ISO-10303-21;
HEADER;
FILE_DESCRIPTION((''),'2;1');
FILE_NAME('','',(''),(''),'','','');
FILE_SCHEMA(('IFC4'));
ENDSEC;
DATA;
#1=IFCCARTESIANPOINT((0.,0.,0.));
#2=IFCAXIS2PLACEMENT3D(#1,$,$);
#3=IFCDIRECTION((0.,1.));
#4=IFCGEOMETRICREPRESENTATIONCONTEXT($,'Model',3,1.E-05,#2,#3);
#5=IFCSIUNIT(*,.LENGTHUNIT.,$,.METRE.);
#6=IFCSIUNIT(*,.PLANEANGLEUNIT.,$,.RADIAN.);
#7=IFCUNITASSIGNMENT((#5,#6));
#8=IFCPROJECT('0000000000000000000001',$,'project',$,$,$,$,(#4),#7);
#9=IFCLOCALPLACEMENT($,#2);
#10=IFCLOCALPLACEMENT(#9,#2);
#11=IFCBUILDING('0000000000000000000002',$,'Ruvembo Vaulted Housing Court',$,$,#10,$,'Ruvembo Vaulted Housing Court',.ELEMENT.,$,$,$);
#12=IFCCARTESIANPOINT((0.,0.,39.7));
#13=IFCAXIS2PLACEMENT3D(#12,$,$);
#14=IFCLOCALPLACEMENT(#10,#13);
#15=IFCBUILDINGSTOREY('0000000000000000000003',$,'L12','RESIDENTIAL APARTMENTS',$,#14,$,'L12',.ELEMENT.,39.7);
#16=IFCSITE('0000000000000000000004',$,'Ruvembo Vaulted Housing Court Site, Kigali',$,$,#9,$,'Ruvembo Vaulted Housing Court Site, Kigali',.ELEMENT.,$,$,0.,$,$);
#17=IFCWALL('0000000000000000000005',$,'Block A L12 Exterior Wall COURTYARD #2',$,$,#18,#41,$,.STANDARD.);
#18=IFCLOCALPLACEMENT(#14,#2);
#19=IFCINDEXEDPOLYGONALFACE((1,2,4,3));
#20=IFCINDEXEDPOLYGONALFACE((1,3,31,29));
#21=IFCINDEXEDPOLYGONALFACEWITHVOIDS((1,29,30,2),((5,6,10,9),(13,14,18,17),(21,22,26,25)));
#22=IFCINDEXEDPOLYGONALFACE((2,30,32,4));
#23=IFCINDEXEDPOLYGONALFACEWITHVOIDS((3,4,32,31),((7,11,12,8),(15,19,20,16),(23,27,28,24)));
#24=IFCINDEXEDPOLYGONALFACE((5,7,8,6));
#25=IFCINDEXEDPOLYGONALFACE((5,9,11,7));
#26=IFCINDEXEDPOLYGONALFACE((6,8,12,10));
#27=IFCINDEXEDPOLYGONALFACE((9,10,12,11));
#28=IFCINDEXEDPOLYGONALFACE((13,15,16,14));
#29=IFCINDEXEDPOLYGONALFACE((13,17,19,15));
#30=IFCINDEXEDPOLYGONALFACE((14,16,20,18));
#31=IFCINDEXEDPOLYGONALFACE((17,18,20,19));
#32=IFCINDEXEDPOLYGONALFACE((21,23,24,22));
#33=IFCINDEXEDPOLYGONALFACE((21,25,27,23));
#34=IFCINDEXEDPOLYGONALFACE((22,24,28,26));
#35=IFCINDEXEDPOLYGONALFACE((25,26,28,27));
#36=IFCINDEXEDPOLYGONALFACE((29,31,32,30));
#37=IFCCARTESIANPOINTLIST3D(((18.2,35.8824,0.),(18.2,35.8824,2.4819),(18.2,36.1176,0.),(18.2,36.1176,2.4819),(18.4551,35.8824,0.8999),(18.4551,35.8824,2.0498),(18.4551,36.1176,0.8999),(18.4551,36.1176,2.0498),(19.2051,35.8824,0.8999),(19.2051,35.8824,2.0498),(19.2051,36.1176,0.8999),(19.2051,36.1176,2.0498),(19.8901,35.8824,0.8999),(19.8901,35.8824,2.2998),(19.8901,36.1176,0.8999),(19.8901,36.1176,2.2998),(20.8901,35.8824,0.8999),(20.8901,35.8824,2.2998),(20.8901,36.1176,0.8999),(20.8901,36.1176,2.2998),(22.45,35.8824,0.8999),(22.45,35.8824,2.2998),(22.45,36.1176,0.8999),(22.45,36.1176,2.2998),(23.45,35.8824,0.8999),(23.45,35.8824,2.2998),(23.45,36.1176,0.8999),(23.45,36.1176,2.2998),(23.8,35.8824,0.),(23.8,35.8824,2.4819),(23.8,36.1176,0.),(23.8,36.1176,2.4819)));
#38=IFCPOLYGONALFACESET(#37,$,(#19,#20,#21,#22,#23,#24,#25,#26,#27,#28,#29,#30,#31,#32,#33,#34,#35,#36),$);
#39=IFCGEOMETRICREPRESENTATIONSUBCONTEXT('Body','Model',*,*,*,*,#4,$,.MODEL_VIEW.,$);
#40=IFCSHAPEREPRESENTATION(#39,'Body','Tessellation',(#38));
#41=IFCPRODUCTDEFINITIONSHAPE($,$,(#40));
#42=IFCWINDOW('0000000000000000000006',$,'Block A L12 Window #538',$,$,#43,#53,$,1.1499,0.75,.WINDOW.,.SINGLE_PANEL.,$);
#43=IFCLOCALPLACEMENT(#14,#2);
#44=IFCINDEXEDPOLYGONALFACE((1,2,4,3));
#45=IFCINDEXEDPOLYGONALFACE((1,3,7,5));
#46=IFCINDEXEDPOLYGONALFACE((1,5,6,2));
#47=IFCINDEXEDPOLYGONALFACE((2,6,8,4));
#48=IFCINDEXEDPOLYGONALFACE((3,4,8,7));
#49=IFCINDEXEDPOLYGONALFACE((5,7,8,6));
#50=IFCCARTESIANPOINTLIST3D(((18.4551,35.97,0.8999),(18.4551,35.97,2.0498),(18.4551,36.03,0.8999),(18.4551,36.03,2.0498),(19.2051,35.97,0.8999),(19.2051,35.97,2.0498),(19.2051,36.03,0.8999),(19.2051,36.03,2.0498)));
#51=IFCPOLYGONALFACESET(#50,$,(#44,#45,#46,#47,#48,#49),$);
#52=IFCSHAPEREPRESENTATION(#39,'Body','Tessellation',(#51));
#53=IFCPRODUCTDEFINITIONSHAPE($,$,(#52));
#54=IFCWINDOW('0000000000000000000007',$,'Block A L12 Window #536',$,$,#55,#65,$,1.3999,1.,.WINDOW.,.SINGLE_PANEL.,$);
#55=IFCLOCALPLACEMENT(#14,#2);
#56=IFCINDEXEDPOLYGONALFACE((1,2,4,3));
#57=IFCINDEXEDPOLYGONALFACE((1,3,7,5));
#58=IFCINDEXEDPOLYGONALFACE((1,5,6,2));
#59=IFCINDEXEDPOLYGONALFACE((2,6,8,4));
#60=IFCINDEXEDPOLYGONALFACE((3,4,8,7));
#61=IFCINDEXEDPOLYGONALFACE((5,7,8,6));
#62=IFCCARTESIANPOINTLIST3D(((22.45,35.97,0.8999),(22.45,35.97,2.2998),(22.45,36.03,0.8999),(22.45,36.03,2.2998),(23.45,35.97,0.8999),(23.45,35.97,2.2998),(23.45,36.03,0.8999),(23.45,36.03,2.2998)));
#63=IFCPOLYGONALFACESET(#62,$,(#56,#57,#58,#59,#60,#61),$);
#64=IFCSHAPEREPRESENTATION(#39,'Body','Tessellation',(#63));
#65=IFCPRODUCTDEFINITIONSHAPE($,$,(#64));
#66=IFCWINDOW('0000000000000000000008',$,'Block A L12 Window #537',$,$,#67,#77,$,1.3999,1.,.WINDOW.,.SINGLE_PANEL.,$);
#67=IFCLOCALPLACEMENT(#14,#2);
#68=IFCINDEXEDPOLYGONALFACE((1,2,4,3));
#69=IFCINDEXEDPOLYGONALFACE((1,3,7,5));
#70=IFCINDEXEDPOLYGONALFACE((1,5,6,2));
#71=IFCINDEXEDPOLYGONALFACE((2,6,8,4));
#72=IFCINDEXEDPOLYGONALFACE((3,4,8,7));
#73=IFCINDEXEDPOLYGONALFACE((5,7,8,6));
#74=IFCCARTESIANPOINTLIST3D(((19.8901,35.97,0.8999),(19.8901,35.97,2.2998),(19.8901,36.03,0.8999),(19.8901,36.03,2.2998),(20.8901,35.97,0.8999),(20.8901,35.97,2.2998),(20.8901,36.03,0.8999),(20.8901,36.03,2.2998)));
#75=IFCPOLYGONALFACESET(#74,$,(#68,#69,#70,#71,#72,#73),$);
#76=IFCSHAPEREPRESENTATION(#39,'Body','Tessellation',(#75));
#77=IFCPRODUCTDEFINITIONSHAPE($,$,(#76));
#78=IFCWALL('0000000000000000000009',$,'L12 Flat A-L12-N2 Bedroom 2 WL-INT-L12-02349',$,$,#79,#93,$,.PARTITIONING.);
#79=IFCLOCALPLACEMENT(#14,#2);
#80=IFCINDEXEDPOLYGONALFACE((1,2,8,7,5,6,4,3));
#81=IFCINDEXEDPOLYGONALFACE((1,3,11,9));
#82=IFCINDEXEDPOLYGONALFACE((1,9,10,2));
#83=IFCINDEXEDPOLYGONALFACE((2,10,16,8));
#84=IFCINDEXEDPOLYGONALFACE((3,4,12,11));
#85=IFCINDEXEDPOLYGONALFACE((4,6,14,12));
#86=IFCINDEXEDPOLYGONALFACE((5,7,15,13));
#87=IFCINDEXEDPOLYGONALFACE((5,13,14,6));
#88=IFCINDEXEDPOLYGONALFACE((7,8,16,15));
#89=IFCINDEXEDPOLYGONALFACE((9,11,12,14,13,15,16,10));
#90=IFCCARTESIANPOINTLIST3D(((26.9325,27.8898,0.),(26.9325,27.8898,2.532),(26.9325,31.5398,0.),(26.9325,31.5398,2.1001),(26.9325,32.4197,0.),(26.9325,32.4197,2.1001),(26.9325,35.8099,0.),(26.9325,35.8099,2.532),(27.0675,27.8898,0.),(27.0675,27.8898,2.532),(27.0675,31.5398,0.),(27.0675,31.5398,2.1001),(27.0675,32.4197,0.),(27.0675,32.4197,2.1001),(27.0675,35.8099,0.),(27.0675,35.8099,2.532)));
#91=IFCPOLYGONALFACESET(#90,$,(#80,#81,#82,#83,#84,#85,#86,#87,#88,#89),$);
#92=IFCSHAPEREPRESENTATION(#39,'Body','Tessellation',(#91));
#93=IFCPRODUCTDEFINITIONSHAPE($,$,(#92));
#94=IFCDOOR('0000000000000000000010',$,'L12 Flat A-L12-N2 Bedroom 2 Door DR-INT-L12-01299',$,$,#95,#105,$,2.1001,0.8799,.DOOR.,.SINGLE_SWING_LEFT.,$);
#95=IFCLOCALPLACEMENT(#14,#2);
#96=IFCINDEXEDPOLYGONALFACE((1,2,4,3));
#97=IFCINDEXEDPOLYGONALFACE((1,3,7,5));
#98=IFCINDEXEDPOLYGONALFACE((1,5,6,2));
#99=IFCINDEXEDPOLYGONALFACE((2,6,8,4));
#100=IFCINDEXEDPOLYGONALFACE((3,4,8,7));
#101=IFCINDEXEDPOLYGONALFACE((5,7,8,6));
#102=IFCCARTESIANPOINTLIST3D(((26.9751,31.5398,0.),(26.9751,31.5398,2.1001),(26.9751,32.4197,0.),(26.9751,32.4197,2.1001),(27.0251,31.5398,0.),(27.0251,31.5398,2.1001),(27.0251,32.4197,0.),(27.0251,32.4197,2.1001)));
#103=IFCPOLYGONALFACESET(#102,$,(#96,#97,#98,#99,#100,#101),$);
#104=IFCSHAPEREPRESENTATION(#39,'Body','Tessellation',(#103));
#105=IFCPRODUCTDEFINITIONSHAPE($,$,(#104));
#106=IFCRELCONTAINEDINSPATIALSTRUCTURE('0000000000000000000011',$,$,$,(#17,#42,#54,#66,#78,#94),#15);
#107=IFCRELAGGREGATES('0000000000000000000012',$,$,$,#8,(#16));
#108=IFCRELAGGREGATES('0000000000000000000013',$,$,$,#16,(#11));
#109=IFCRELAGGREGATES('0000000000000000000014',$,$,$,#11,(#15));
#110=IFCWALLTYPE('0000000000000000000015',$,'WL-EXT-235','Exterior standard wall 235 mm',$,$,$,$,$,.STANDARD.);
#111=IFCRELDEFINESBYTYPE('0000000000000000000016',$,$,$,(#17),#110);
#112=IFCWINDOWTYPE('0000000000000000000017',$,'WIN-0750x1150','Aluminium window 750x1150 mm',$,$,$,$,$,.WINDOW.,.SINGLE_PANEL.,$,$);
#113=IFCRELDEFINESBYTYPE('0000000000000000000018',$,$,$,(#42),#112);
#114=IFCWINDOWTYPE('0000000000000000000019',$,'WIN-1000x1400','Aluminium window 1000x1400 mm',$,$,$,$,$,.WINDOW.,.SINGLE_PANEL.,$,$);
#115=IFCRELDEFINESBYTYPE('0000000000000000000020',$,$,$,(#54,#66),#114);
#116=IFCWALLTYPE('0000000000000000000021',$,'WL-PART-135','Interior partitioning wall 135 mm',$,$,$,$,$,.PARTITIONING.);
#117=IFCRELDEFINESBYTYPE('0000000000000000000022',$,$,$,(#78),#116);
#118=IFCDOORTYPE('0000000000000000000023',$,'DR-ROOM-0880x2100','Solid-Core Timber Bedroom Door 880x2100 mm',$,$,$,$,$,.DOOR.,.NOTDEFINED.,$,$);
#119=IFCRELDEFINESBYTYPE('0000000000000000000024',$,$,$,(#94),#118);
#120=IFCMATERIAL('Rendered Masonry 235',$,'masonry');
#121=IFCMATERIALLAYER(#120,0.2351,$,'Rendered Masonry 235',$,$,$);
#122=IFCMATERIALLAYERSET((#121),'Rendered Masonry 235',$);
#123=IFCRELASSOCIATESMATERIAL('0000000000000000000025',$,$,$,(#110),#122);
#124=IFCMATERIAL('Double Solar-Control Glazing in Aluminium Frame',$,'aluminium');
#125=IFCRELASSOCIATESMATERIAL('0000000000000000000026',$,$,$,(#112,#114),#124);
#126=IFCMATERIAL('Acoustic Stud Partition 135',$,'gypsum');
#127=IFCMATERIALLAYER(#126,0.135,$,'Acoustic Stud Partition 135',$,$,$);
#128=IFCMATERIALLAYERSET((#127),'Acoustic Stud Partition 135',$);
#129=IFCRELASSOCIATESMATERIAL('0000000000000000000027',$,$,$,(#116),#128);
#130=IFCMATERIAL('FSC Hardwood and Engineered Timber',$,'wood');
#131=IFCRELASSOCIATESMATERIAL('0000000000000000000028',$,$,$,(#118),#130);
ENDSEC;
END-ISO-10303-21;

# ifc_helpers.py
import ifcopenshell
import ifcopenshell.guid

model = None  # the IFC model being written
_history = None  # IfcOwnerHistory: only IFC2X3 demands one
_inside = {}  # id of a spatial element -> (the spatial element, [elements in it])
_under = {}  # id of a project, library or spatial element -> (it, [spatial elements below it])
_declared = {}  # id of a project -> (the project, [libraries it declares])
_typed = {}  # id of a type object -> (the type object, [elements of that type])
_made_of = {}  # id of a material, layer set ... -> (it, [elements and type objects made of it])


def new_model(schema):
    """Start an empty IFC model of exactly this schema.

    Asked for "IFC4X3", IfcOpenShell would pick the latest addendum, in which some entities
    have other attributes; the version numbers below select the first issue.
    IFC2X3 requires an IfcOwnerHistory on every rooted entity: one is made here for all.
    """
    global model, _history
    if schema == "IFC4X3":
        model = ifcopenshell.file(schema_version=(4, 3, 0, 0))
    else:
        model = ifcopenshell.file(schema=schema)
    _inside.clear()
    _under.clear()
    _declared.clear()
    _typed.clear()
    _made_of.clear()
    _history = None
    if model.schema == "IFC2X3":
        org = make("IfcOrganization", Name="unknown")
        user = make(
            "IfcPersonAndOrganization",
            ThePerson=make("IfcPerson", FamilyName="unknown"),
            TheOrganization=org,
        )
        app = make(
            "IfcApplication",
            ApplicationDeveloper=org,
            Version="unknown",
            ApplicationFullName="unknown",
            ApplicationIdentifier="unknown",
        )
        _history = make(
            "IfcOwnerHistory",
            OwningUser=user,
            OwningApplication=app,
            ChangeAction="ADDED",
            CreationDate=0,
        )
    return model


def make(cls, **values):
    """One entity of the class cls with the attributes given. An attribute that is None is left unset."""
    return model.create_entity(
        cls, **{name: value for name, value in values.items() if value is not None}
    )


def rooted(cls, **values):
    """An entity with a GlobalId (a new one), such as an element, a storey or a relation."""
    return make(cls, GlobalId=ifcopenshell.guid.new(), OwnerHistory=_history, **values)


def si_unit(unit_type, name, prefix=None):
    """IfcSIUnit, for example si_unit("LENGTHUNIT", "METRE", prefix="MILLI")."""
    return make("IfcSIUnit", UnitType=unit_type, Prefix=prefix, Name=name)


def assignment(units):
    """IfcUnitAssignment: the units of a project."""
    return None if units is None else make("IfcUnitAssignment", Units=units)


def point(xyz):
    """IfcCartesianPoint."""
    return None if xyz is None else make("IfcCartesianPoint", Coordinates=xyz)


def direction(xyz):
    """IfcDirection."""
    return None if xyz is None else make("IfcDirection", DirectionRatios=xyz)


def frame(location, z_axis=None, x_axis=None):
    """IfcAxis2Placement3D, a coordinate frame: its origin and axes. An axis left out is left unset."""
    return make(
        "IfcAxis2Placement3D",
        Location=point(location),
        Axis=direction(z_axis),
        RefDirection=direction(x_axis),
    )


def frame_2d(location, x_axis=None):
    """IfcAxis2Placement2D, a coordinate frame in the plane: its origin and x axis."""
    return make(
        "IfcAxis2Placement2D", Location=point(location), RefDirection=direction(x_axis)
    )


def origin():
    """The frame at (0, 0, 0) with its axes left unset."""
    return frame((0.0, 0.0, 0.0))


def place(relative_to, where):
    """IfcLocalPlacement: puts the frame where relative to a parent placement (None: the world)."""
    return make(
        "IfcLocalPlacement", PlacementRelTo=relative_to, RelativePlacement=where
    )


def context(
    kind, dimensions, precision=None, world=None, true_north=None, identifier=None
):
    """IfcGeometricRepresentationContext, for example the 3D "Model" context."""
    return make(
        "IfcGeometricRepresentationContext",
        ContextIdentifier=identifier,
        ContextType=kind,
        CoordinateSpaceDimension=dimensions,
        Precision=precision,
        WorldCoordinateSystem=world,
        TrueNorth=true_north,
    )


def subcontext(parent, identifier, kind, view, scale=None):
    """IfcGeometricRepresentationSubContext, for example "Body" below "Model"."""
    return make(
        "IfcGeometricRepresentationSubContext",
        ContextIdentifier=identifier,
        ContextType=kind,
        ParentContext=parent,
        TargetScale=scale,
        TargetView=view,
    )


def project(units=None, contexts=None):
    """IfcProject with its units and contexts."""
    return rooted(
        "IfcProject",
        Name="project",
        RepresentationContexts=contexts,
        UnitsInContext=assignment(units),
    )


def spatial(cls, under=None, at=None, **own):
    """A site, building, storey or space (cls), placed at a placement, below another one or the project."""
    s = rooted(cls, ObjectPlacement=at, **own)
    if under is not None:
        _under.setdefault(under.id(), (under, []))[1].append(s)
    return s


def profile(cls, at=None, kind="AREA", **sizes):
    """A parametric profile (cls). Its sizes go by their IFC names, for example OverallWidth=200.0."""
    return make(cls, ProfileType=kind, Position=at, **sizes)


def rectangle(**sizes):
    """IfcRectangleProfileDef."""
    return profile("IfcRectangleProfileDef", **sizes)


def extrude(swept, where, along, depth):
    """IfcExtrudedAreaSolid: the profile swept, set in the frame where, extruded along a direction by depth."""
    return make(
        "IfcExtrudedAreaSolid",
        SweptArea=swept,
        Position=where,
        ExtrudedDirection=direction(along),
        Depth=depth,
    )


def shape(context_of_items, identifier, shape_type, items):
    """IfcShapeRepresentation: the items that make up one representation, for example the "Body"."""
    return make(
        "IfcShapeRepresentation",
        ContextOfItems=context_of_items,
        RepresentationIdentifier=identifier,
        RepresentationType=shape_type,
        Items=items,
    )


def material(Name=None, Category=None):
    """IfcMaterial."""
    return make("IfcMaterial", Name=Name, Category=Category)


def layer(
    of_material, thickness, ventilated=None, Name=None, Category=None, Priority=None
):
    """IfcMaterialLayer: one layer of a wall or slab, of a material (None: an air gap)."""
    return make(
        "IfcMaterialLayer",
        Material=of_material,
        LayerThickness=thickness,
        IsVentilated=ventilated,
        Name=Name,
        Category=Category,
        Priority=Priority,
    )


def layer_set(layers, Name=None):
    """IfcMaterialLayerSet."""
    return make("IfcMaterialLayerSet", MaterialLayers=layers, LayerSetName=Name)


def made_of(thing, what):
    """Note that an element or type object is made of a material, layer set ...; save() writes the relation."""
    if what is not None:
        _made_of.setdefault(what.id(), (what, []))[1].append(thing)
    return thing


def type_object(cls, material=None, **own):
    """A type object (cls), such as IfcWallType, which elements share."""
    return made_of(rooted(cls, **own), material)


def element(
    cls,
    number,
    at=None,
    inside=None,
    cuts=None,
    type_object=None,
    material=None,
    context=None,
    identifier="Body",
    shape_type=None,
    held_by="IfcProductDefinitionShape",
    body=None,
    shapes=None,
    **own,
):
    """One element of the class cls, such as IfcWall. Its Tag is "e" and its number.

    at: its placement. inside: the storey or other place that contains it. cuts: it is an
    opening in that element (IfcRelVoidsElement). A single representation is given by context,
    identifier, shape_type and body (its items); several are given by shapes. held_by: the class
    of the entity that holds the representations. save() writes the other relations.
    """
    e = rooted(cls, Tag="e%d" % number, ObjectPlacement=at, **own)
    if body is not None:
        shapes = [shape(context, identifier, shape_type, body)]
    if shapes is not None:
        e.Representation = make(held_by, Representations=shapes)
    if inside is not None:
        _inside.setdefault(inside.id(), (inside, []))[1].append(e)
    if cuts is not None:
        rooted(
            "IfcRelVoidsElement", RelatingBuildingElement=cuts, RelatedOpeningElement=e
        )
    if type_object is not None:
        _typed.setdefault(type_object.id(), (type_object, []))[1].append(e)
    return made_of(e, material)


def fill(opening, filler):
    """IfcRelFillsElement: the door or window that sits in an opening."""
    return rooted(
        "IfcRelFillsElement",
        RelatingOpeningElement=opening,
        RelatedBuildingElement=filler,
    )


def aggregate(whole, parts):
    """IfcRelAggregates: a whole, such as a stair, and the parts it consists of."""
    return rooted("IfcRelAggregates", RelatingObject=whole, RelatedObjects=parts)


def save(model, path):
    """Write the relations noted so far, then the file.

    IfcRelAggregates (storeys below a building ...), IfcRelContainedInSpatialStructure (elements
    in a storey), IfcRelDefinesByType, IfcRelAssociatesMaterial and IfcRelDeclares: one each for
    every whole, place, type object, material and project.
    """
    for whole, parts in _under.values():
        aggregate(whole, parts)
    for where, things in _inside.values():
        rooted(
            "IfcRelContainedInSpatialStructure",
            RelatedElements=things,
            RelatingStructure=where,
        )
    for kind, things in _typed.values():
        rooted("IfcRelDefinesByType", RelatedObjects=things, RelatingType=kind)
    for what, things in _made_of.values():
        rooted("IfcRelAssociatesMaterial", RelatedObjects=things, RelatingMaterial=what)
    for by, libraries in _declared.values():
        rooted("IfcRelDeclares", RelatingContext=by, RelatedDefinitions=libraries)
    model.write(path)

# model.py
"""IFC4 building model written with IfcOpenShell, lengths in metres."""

from ifc_helpers import new_model, si_unit, direction, frame, frame_2d, origin, place, context, subcontext, project, spatial, rectangle, extrude, material, layer, layer_set, type_object, element, fill, save


model = new_model("IFC4")

# Units and contexts
model_context = context("Model", 3, precision=1e-05, world=origin(), true_north=direction((0.0, 1.0)))
body_context = subcontext(model_context, "Body", "Model", "MODEL_VIEW")
ifc_project = project(units=[si_unit("LENGTHUNIT", "METRE"), si_unit("PLANEANGLEUNIT", "RADIAN")], contexts=[model_context])

# Site, building, storey
site_placement = place(None, origin())
site = spatial("IfcSite", under=ifc_project, at=site_placement, Name="Ruvembo Vaulted Housing Court Site, Kigali", LongName="Ruvembo Vaulted Housing Court Site, Kigali", CompositionType="ELEMENT", RefElevation=0.0)
building_placement = place(site_placement, origin())
building = spatial("IfcBuilding", under=site, at=building_placement, Name="Ruvembo Vaulted Housing Court", LongName="Ruvembo Vaulted Housing Court", CompositionType="ELEMENT")
storey_placement = place(building_placement, frame((0.0, 0.0, 39.7)))
storey = spatial("IfcBuildingStorey", under=building, at=storey_placement, Name="L12", Description="RESIDENTIAL APARTMENTS", LongName="L12", CompositionType="ELEMENT", Elevation=39.7)

# Wall, openings, windows
ifc_material_1 = material(Name="Rendered Masonry 235", Category="masonry")
ifc_layer_1 = layer(ifc_material_1, 0.2351, Name="Rendered Masonry 235")
ifc_layer_set_1 = layer_set([ifc_layer_1], Name="Rendered Masonry 235")
wall_type_1 = type_object("IfcWallType", Name="WL-EXT-235", Description="Exterior standard wall 235 mm", PredefinedType="STANDARD", material=ifc_layer_set_1)
ifc_material_2 = material(Name="Double Solar-Control Glazing in Aluminium Frame", Category="aluminium")
wall_1_placement = place(storey_placement, frame((23.8, 36.0, 0.0), z_axis=(0.0, 0.0, 1.0), x_axis=(-1.0, 0.0, 0.0)))
wall_1 = element("IfcWall", 1, at=wall_1_placement, inside=storey, type_object=wall_type_1, Name="Block A L12 Exterior Wall COURTYARD #2", PredefinedType="STANDARD", context=body_context, shape_type="SweptSolid", body=[
    extrude(rectangle(XDim=5.6001, YDim=0.2351, at=frame_2d((2.8, 0.0))), origin(), (0.0, 0.0, 1.0), 2.4819),
])
opening_1_placement = place(wall_1_placement, frame((0.3501, 0.0, 0.8999)))
opening_1 = element("IfcOpeningElement", 2, at=opening_1_placement, cuts=wall_1, PredefinedType="OPENING", context=body_context, shape_type="SweptSolid", body=[
    extrude(rectangle(XDim=1.0, YDim=1.3999, at=frame_2d((0.5, 0.7))), frame((0.0, 0.1274, 0.0), z_axis=(0.0, -1.0, 0.0), x_axis=(1.0, 0.0, 0.0)), (0.0, 0.0, 1.0), 0.2551),
])
opening_2_placement = place(wall_1_placement, frame((2.9099, 0.0, 0.8999)))
opening_2 = element("IfcOpeningElement", 3, at=opening_2_placement, cuts=wall_1, PredefinedType="OPENING", context=body_context, shape_type="SweptSolid", body=[
    extrude(rectangle(XDim=1.0, YDim=1.3999, at=frame_2d((0.5, 0.7))), frame((0.0, 0.1274, 0.0), z_axis=(0.0, -1.0, 0.0), x_axis=(1.0, 0.0, 0.0)), (0.0, 0.0, 1.0), 0.2551),
])
opening_3_placement = place(wall_1_placement, frame((4.595, 0.0, 0.8999)))
opening_3 = element("IfcOpeningElement", 4, at=opening_3_placement, cuts=wall_1, PredefinedType="OPENING", context=body_context, shape_type="SweptSolid", body=[
    extrude(rectangle(XDim=0.75, YDim=1.1499, at=frame_2d((0.375, 0.575))), frame((0.0, 0.1274, 0.0), z_axis=(0.0, -1.0, 0.0), x_axis=(1.0, 0.0, 0.0)), (0.0, 0.0, 1.0), 0.2551),
])
window_type_1 = type_object("IfcWindowType", Name="WIN-0750x1150", Description="Aluminium window 750x1150 mm", PartitioningType="SINGLE_PANEL", PredefinedType="WINDOW", material=ifc_material_2)
window_1_placement = place(opening_3_placement, origin())
window_1 = element("IfcWindow", 5, at=window_1_placement, inside=storey, type_object=window_type_1, Name="Block A L12 Window #538", OverallHeight=1.1499, OverallWidth=0.75, PartitioningType="SINGLE_PANEL", PredefinedType="WINDOW", context=body_context, shape_type="SweptSolid", body=[
    extrude(rectangle(XDim=0.75, YDim=1.1499, at=frame_2d((0.375, 0.575))), frame((0.0, 0.03, 0.0), z_axis=(0.0, -1.0, 0.0), x_axis=(1.0, 0.0, 0.0)), (0.0, 0.0, 1.0), 0.0601),
])
fill(opening_3, window_1)
window_type_2 = type_object("IfcWindowType", Name="WIN-1000x1400", Description="Aluminium window 1000x1400 mm", PartitioningType="SINGLE_PANEL", PredefinedType="WINDOW", material=ifc_material_2)
window_2_placement = place(opening_1_placement, origin())
window_2 = element("IfcWindow", 6, at=window_2_placement, inside=storey, type_object=window_type_2, Name="Block A L12 Window #536", OverallHeight=1.3999, OverallWidth=1.0, PartitioningType="SINGLE_PANEL", PredefinedType="WINDOW", context=body_context, shape_type="SweptSolid", body=[
    extrude(rectangle(XDim=1.0, YDim=1.3999, at=frame_2d((0.5, 0.7))), frame((0.0, 0.03, 0.0), z_axis=(0.0, -1.0, 0.0), x_axis=(1.0, 0.0, 0.0)), (0.0, 0.0, 1.0), 0.0601),
])
fill(opening_1, window_2)
window_3_placement = place(opening_2_placement, origin())
window_3 = element("IfcWindow", 7, at=window_3_placement, inside=storey, type_object=window_type_2, Name="Block A L12 Window #537", OverallHeight=1.3999, OverallWidth=1.0, PartitioningType="SINGLE_PANEL", PredefinedType="WINDOW", context=body_context, shape_type="SweptSolid", body=[
    extrude(rectangle(XDim=1.0, YDim=1.3999, at=frame_2d((0.5, 0.7))), frame((0.0, 0.03, 0.0), z_axis=(0.0, -1.0, 0.0), x_axis=(1.0, 0.0, 0.0)), (0.0, 0.0, 1.0), 0.0601),
])
fill(opening_2, window_3)

# Wall, opening, door
ifc_material_3 = material(Name="Acoustic Stud Partition 135", Category="gypsum")
ifc_layer_2 = layer(ifc_material_3, 0.135, Name="Acoustic Stud Partition 135")
ifc_layer_set_2 = layer_set([ifc_layer_2], Name="Acoustic Stud Partition 135")
wall_type_2 = type_object("IfcWallType", Name="WL-PART-135", Description="Interior partitioning wall 135 mm", PredefinedType="PARTITIONING", material=ifc_layer_set_2)
wall_2_placement = place(storey_placement, frame((27.0, 27.8899, 0.0), z_axis=(0.0, 0.0, 1.0), x_axis=(0.0, 1.0, 0.0)))
wall_2 = element("IfcWall", 8, at=wall_2_placement, inside=storey, type_object=wall_type_2, Name="L12 Flat A-L12-N2 Bedroom 2 WL-INT-L12-02349", PredefinedType="PARTITIONING", context=body_context, shape_type="SweptSolid", body=[
    extrude(rectangle(XDim=7.9202, YDim=0.135, at=frame_2d((3.96, 0.0))), origin(), (0.0, 0.0, 1.0), 2.532),
])
opening_4_placement = place(wall_2_placement, frame((3.6499, 0.0, 0.0)))
opening_4 = element("IfcOpeningElement", 9, at=opening_4_placement, cuts=wall_2, PredefinedType="OPENING", context=body_context, shape_type="SweptSolid", body=[
    extrude(rectangle(XDim=0.8799, YDim=2.1001, at=frame_2d((0.4399, 1.05))), frame((0.0, 0.0774, 0.0), z_axis=(0.0, -1.0, 0.0), x_axis=(1.0, 0.0, 0.0)), (0.0, 0.0, 1.0), 0.155),
])
ifc_material_4 = material(Name="FSC Hardwood and Engineered Timber", Category="wood")
door_type = type_object("IfcDoorType", Name="DR-ROOM-0880x2100", Description="Solid-Core Timber Bedroom Door 880x2100 mm", OperationType="NOTDEFINED", PredefinedType="DOOR", material=ifc_material_4)
door_placement = place(opening_4_placement, origin())
door = element("IfcDoor", 10, at=door_placement, inside=storey, type_object=door_type, Name="L12 Flat A-L12-N2 Bedroom 2 Door DR-INT-L12-01299", OperationType="SINGLE_SWING_LEFT", OverallHeight=2.1001, OverallWidth=0.8799, PredefinedType="DOOR", context=body_context, shape_type="SweptSolid", body=[
    extrude(rectangle(XDim=0.8799, YDim=2.1001, at=frame_2d((0.4399, 1.05))), frame((0.0, 0.0249, 0.0), z_axis=(0.0, -1.0, 0.0), x_axis=(1.0, 0.0, 0.0)), (0.0, 0.0, 1.0), 0.05),
])
fill(opening_4, door)

save(model, "model.ifc")
